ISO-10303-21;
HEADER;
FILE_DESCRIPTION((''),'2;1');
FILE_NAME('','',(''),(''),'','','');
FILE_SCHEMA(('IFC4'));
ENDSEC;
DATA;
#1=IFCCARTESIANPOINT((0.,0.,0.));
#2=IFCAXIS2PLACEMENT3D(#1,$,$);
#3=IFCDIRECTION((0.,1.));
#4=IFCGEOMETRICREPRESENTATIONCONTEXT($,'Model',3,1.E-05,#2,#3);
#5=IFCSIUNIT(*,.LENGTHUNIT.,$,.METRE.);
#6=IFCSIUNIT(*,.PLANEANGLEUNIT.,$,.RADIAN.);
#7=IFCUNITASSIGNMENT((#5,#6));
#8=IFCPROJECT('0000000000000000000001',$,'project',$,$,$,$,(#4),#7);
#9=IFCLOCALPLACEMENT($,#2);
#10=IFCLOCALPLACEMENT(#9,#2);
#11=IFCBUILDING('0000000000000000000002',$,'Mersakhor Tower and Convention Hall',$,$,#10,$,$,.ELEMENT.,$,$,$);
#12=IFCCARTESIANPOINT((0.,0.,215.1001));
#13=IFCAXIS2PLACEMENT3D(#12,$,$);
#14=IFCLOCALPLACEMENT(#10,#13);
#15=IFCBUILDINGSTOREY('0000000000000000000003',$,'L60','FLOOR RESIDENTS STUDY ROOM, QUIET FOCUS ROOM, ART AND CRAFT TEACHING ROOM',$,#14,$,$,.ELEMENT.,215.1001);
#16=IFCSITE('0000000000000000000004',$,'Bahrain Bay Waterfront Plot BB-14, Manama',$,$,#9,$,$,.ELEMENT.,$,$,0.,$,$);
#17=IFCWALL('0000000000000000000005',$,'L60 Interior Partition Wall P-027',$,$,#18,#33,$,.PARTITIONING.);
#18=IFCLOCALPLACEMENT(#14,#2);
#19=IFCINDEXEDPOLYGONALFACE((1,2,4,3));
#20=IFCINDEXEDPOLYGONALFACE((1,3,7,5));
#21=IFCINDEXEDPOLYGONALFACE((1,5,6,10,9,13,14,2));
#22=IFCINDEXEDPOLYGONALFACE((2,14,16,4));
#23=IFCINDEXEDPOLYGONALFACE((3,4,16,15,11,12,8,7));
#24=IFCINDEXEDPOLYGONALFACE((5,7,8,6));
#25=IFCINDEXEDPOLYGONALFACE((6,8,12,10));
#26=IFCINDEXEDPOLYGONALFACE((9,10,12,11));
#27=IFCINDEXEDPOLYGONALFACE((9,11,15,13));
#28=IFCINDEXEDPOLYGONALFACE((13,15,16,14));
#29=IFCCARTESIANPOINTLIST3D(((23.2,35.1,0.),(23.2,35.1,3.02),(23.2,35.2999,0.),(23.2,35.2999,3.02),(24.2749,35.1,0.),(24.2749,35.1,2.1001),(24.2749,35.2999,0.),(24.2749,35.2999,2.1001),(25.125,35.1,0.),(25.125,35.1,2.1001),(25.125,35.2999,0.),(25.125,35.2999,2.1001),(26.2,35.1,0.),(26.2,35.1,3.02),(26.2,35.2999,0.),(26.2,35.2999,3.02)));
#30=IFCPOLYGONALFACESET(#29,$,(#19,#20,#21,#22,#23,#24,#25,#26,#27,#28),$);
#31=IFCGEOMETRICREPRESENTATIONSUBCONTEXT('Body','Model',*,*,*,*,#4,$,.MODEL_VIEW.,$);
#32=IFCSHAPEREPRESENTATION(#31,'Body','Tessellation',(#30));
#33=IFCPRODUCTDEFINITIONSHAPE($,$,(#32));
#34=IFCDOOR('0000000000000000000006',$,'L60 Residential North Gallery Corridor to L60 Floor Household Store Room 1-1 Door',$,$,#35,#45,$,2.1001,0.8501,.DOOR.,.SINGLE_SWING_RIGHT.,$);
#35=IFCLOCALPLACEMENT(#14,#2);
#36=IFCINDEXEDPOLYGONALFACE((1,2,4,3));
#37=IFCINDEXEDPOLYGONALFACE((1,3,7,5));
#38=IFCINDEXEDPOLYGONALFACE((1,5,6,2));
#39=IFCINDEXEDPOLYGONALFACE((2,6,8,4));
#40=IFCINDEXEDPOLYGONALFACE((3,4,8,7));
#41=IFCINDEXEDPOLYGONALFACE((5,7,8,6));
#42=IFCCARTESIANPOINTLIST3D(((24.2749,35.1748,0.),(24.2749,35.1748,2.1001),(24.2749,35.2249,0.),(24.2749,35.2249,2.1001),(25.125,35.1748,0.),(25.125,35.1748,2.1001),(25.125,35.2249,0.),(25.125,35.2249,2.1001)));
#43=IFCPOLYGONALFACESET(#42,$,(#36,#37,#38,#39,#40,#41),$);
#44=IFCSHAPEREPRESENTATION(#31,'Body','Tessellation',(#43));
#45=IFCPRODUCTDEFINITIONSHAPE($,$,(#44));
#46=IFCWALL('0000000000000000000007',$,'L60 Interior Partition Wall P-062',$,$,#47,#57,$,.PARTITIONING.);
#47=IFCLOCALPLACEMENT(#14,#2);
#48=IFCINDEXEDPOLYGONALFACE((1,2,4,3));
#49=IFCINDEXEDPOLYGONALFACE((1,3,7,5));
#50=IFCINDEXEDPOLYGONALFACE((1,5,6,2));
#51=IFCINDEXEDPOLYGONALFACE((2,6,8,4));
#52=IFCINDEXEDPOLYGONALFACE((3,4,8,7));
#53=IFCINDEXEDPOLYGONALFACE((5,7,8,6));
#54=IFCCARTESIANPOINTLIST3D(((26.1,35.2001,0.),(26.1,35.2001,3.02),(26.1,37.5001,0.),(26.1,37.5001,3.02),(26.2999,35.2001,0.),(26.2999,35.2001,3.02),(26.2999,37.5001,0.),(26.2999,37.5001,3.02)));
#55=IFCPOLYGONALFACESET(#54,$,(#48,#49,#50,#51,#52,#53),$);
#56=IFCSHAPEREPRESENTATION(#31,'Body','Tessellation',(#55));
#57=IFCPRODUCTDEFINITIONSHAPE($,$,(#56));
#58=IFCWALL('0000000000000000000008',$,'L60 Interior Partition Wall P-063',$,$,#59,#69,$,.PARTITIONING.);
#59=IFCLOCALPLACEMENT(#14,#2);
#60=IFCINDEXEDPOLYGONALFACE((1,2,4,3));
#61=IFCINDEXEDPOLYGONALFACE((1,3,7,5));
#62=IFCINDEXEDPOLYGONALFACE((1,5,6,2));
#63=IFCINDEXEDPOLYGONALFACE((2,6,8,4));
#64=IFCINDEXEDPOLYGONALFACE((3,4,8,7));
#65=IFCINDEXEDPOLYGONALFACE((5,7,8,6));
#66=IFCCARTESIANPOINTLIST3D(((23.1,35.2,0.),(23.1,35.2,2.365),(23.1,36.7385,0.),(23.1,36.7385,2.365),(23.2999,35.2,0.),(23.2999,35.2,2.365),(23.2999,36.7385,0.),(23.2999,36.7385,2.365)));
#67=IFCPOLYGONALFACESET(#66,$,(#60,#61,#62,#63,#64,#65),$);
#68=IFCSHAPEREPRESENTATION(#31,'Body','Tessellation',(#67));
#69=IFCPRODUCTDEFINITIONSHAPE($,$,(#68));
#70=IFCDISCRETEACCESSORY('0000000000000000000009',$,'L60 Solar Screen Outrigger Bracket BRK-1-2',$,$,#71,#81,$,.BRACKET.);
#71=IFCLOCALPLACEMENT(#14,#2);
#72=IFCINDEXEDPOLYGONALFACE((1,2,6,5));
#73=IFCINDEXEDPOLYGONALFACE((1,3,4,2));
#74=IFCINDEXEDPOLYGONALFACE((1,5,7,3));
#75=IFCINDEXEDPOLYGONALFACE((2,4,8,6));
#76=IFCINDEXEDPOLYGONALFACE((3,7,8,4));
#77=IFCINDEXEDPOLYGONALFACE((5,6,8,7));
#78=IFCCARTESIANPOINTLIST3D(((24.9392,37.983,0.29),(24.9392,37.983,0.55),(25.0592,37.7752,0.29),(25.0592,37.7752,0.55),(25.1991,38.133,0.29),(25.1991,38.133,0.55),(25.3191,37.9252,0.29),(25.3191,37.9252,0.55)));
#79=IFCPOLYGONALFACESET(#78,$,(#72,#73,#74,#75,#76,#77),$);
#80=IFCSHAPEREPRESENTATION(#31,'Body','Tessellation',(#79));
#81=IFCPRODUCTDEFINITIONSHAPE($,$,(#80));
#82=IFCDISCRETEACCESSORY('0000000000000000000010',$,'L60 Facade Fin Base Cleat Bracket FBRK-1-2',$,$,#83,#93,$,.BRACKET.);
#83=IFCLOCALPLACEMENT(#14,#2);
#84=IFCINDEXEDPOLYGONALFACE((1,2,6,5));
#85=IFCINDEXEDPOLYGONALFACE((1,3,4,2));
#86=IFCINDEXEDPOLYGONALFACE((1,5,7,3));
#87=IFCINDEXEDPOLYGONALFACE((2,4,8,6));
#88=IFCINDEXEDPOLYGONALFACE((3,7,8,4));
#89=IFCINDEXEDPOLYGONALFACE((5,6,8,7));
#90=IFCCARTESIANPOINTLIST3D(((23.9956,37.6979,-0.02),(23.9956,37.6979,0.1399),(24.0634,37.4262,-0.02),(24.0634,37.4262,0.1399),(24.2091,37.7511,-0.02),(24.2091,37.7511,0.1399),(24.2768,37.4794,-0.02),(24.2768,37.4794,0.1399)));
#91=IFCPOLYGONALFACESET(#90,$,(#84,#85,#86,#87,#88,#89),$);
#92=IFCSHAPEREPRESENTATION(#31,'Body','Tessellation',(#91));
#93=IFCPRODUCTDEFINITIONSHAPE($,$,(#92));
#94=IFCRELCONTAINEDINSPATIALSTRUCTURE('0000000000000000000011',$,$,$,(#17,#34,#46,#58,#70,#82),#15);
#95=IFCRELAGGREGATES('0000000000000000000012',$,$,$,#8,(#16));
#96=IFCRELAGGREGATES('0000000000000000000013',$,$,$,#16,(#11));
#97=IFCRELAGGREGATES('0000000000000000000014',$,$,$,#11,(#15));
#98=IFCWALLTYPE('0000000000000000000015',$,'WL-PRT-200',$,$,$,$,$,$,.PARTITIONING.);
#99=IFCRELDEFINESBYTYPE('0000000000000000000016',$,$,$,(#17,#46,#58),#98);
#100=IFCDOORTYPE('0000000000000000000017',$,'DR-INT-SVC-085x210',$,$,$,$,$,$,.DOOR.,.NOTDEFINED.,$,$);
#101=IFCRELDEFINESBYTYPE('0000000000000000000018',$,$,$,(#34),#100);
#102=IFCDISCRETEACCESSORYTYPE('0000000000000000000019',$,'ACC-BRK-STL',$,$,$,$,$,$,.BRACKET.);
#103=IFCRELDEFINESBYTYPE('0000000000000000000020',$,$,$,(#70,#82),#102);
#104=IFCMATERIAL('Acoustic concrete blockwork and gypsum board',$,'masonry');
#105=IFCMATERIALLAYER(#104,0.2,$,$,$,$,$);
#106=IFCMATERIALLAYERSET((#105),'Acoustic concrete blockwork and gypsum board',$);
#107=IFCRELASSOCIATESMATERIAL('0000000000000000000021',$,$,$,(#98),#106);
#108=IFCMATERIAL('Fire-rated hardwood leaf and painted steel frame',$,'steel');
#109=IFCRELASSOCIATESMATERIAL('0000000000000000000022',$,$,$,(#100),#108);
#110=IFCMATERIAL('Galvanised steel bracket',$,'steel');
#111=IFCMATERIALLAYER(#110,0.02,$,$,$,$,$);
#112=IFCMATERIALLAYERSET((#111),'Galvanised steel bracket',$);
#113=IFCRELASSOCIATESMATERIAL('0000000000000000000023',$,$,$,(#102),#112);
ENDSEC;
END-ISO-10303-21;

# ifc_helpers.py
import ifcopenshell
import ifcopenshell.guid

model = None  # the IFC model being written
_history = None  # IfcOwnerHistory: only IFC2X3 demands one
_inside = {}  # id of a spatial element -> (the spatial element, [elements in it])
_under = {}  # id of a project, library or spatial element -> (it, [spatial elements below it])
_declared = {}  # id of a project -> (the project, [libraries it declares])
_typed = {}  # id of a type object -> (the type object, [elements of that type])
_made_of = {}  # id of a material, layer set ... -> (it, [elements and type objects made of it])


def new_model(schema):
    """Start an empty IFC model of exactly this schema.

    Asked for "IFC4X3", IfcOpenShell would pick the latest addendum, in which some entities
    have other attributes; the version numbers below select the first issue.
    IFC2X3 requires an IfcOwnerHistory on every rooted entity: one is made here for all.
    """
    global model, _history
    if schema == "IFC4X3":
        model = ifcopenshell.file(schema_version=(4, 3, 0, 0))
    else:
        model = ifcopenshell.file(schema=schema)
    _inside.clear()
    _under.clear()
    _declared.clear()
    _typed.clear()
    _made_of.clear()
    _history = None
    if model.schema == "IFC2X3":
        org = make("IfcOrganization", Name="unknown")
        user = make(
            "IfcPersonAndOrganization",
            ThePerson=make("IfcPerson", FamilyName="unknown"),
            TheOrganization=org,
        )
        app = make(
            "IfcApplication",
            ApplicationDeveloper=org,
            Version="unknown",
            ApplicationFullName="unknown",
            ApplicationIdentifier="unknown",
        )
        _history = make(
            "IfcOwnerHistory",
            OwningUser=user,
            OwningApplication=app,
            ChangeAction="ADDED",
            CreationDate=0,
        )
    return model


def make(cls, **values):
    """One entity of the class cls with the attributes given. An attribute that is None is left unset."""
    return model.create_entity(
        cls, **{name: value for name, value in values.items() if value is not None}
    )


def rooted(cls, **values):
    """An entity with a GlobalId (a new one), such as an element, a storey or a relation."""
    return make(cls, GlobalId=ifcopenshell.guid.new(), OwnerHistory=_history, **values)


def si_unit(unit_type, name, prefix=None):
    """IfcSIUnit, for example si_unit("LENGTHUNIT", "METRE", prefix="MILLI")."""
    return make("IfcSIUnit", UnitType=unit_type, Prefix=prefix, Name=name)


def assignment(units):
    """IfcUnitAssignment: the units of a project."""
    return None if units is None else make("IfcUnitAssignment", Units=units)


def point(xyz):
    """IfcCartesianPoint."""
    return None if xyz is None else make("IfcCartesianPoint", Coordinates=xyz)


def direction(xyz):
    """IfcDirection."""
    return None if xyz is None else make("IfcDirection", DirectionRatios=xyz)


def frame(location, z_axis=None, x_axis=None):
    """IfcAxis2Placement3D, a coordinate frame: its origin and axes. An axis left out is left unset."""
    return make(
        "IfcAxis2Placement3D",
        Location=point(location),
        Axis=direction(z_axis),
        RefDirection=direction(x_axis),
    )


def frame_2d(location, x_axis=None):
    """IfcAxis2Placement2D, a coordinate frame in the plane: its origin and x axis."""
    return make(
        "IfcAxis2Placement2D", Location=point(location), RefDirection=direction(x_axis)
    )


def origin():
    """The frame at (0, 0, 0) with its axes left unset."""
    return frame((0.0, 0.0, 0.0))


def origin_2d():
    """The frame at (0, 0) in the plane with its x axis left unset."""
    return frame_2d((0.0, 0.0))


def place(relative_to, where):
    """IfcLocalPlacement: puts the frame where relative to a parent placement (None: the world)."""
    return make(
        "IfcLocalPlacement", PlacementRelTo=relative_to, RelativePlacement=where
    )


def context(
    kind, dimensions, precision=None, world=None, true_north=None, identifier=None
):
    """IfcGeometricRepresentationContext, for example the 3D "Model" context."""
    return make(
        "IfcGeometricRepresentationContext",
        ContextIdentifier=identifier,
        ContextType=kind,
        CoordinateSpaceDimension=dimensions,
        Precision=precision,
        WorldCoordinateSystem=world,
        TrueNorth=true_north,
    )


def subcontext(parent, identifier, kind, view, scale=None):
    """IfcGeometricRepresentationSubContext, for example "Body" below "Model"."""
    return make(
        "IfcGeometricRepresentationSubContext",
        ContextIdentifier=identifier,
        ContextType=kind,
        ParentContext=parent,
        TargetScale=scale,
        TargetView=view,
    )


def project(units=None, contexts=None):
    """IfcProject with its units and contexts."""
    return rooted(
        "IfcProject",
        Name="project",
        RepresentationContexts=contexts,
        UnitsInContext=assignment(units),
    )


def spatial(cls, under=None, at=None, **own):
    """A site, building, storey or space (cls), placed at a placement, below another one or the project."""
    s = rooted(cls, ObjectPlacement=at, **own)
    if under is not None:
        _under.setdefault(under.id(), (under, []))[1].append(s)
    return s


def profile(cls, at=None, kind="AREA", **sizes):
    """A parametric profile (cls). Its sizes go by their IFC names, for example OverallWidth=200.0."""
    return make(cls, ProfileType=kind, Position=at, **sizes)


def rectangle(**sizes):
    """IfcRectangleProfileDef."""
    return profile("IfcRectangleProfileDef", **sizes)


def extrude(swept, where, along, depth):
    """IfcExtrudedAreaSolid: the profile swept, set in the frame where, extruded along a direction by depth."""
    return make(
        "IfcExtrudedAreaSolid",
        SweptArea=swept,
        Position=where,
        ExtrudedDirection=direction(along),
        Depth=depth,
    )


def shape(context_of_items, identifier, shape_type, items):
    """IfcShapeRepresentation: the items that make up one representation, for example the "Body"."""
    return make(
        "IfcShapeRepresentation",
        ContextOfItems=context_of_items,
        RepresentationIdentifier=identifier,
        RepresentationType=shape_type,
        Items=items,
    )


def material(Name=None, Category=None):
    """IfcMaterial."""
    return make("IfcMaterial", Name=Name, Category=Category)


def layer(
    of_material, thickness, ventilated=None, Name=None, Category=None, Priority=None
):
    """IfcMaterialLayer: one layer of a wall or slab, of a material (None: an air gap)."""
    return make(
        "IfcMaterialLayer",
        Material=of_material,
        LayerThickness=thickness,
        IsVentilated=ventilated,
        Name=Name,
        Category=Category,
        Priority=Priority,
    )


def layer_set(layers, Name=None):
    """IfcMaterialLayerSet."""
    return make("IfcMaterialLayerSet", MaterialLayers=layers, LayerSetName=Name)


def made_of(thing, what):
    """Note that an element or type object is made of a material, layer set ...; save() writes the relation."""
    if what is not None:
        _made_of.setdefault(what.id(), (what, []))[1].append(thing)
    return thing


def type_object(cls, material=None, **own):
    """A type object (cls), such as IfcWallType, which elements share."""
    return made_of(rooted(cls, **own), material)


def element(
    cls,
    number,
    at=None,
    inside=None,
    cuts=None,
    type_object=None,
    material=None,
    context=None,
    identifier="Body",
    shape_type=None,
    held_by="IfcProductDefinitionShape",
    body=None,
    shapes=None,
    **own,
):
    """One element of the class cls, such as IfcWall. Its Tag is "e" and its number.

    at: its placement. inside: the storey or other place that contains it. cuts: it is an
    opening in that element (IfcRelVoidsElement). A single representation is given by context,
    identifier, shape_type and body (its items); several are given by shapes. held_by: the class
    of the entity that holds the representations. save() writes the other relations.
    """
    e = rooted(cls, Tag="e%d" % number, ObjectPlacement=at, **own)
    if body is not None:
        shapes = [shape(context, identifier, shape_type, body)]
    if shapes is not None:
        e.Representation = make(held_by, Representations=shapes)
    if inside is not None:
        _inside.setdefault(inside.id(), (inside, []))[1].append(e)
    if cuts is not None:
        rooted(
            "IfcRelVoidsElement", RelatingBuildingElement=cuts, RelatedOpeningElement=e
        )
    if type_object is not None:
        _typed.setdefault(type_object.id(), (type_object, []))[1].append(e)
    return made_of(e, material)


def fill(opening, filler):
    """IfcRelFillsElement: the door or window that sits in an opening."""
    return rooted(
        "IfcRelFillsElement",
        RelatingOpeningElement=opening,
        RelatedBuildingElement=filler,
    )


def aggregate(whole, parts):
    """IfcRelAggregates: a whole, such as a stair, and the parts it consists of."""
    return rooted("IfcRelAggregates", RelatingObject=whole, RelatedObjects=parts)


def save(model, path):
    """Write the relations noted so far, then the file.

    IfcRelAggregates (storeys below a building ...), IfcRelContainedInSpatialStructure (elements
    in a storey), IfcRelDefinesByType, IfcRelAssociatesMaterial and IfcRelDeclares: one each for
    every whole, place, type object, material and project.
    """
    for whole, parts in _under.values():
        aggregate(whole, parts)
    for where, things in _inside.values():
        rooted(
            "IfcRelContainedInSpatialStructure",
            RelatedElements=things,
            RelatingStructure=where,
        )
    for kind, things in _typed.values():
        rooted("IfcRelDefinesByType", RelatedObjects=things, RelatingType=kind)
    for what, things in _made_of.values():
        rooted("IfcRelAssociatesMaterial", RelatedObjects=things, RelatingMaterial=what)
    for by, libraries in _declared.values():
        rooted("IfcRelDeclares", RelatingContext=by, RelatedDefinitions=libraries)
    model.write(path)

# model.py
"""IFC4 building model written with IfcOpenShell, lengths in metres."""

from ifc_helpers import new_model, si_unit, direction, frame, frame_2d, origin, origin_2d, place, context, subcontext, project, spatial, rectangle, extrude, material, layer, layer_set, type_object, element, fill, save


model = new_model("IFC4")

# Units and contexts
model_context = context("Model", 3, precision=1e-05, world=origin(), true_north=direction((0.0, 1.0)))
body_context = subcontext(model_context, "Body", "Model", "MODEL_VIEW")
ifc_project = project(units=[si_unit("LENGTHUNIT", "METRE"), si_unit("PLANEANGLEUNIT", "RADIAN")], contexts=[model_context])

# Site, building, storey
site_placement = place(None, origin())
site = spatial("IfcSite", under=ifc_project, at=site_placement, Name="Bahrain Bay Waterfront Plot BB-14, Manama", CompositionType="ELEMENT", RefElevation=0.0)
building_placement = place(site_placement, origin())
building = spatial("IfcBuilding", under=site, at=building_placement, Name="Mersakhor Tower and Convention Hall", CompositionType="ELEMENT")
storey_placement = place(building_placement, frame((0.0, 0.0, 215.1001)))
storey = spatial("IfcBuildingStorey", under=building, at=storey_placement, Name="L60", Description="FLOOR RESIDENTS STUDY ROOM, QUIET FOCUS ROOM, ART AND CRAFT TEACHING ROOM", CompositionType="ELEMENT", Elevation=215.1001)

# Wall, opening, door
ifc_material_1 = material(Name="Acoustic concrete blockwork and gypsum board", Category="masonry")
ifc_layer_1 = layer(ifc_material_1, 0.2)
ifc_layer_set_1 = layer_set([ifc_layer_1], Name="Acoustic concrete blockwork and gypsum board")
wall_type_1 = type_object("IfcWallType", Name="WL-PRT-200", PredefinedType="PARTITIONING", material=ifc_layer_set_1)
wall_1_placement = place(storey_placement, frame((23.2, 35.2, 0.0), z_axis=(0.0, 0.0, 1.0), x_axis=(1.0, 0.0, 0.0)))
wall_1 = element("IfcWall", 1, at=wall_1_placement, inside=storey, type_object=wall_type_1, Name="L60 Interior Partition Wall P-027", PredefinedType="PARTITIONING", context=body_context, shape_type="SweptSolid", body=[
    extrude(rectangle(XDim=3.0, YDim=0.2, at=frame_2d((1.5, 0.0))), origin(), (0.0, 0.0, 1.0), 3.02),
])
opening_1_placement = place(wall_1_placement, frame((1.075, 0.0, 0.0)))
opening_1 = element("IfcOpeningElement", 2, at=opening_1_placement, cuts=wall_1, PredefinedType="OPENING", context=body_context, shape_type="SweptSolid", body=[
    extrude(rectangle(XDim=0.8501, YDim=2.1001, at=frame_2d((0.425, 1.05))), frame((0.0, 0.1099, 0.0), z_axis=(0.0, -1.0, 0.0), x_axis=(1.0, 0.0, 0.0)), (0.0, 0.0, 1.0), 0.22),
])
ifc_material_2 = material(Name="Fire-rated hardwood leaf and painted steel frame", Category="steel")
door_type_1 = type_object("IfcDoorType", Name="DR-INT-SVC-085x210", OperationType="NOTDEFINED", PredefinedType="DOOR", material=ifc_material_2)
door_1_placement = place(opening_1_placement, origin())
door_1 = element("IfcDoor", 3, at=door_1_placement, inside=storey, type_object=door_type_1, Name="L60 Residential North Gallery Corridor to L60 Floor Household Store Room 1-1 Door", OperationType="SINGLE_SWING_RIGHT", OverallHeight=2.1001, OverallWidth=0.8501, PredefinedType="DOOR", context=body_context, shape_type="SweptSolid", body=[
    extrude(rectangle(XDim=0.8501, YDim=2.1001, at=frame_2d((0.425, 1.05))), frame((0.0, 0.0249, 0.0), z_axis=(0.0, -1.0, 0.0), x_axis=(1.0, 0.0, 0.0)), (0.0, 0.0, 1.0), 0.05),
])
fill(opening_1, door_1)

# Walls
wall_2_placement = place(storey_placement, frame((26.2, 37.5, 0.0), z_axis=(0.0, 0.0, 1.0), x_axis=(0.0, -1.0, 0.0)))
element("IfcWall", 4, at=wall_2_placement, inside=storey, type_object=wall_type_1, Name="L60 Interior Partition Wall P-062", PredefinedType="PARTITIONING", context=body_context, shape_type="SweptSolid", body=[
    extrude(rectangle(XDim=2.3, YDim=0.2, at=frame_2d((1.1499, 0.0))), origin(), (0.0, 0.0, 1.0), 3.02),
])
wall_3_placement = place(storey_placement, frame((23.2, 35.2, 0.0), z_axis=(0.0, 0.0, 1.0), x_axis=(0.0, 1.0, 0.0)))
element("IfcWall", 5, at=wall_3_placement, inside=storey, type_object=wall_type_1, Name="L60 Interior Partition Wall P-063", PredefinedType="PARTITIONING", context=body_context, shape_type="SweptSolid", body=[
    extrude(rectangle(XDim=1.5386, YDim=0.2, at=frame_2d((0.7693, 0.0))), origin(), (0.0, 0.0, 1.0), 2.365),
])

# Discrete accessories
ifc_material_3 = material(Name="Galvanised steel bracket", Category="steel")
ifc_layer_2 = layer(ifc_material_3, 0.02)
ifc_layer_set_2 = layer_set([ifc_layer_2], Name="Galvanised steel bracket")
discrete_accessory_type = type_object("IfcDiscreteAccessoryType", Name="ACC-BRK-STL", PredefinedType="BRACKET", material=ifc_layer_set_2)
discrete_accessory_1_placement = place(storey_placement, frame((25.1292, 37.9541, 0.29), z_axis=(0.0, 0.0, 1.0), x_axis=(0.866025, 0.5, 0.0)))
element("IfcDiscreteAccessory", 6, at=discrete_accessory_1_placement, inside=storey, type_object=discrete_accessory_type, Name="L60 Solar Screen Outrigger Bracket BRK-1-2", PredefinedType="BRACKET", context=body_context, shape_type="SweptSolid", body=[
    extrude(rectangle(XDim=0.3, YDim=0.24, at=origin_2d()), origin(), (0.0, 0.0, 1.0), 0.26),
])
discrete_accessory_2_placement = place(storey_placement, frame((24.1362, 37.5886, -0.02), z_axis=(0.0, 0.0, 1.0), x_axis=(-0.241922, 0.970296, 0.0)))
element("IfcDiscreteAccessory", 7, at=discrete_accessory_2_placement, inside=storey, type_object=discrete_accessory_type, Name="L60 Facade Fin Base Cleat Bracket FBRK-1-2", PredefinedType="BRACKET", context=body_context, shape_type="SweptSolid", body=[
    extrude(rectangle(XDim=0.28, YDim=0.22, at=origin_2d()), origin(), (0.0, 0.0, 1.0), 0.1599),
])

save(model, "model.ifc")
